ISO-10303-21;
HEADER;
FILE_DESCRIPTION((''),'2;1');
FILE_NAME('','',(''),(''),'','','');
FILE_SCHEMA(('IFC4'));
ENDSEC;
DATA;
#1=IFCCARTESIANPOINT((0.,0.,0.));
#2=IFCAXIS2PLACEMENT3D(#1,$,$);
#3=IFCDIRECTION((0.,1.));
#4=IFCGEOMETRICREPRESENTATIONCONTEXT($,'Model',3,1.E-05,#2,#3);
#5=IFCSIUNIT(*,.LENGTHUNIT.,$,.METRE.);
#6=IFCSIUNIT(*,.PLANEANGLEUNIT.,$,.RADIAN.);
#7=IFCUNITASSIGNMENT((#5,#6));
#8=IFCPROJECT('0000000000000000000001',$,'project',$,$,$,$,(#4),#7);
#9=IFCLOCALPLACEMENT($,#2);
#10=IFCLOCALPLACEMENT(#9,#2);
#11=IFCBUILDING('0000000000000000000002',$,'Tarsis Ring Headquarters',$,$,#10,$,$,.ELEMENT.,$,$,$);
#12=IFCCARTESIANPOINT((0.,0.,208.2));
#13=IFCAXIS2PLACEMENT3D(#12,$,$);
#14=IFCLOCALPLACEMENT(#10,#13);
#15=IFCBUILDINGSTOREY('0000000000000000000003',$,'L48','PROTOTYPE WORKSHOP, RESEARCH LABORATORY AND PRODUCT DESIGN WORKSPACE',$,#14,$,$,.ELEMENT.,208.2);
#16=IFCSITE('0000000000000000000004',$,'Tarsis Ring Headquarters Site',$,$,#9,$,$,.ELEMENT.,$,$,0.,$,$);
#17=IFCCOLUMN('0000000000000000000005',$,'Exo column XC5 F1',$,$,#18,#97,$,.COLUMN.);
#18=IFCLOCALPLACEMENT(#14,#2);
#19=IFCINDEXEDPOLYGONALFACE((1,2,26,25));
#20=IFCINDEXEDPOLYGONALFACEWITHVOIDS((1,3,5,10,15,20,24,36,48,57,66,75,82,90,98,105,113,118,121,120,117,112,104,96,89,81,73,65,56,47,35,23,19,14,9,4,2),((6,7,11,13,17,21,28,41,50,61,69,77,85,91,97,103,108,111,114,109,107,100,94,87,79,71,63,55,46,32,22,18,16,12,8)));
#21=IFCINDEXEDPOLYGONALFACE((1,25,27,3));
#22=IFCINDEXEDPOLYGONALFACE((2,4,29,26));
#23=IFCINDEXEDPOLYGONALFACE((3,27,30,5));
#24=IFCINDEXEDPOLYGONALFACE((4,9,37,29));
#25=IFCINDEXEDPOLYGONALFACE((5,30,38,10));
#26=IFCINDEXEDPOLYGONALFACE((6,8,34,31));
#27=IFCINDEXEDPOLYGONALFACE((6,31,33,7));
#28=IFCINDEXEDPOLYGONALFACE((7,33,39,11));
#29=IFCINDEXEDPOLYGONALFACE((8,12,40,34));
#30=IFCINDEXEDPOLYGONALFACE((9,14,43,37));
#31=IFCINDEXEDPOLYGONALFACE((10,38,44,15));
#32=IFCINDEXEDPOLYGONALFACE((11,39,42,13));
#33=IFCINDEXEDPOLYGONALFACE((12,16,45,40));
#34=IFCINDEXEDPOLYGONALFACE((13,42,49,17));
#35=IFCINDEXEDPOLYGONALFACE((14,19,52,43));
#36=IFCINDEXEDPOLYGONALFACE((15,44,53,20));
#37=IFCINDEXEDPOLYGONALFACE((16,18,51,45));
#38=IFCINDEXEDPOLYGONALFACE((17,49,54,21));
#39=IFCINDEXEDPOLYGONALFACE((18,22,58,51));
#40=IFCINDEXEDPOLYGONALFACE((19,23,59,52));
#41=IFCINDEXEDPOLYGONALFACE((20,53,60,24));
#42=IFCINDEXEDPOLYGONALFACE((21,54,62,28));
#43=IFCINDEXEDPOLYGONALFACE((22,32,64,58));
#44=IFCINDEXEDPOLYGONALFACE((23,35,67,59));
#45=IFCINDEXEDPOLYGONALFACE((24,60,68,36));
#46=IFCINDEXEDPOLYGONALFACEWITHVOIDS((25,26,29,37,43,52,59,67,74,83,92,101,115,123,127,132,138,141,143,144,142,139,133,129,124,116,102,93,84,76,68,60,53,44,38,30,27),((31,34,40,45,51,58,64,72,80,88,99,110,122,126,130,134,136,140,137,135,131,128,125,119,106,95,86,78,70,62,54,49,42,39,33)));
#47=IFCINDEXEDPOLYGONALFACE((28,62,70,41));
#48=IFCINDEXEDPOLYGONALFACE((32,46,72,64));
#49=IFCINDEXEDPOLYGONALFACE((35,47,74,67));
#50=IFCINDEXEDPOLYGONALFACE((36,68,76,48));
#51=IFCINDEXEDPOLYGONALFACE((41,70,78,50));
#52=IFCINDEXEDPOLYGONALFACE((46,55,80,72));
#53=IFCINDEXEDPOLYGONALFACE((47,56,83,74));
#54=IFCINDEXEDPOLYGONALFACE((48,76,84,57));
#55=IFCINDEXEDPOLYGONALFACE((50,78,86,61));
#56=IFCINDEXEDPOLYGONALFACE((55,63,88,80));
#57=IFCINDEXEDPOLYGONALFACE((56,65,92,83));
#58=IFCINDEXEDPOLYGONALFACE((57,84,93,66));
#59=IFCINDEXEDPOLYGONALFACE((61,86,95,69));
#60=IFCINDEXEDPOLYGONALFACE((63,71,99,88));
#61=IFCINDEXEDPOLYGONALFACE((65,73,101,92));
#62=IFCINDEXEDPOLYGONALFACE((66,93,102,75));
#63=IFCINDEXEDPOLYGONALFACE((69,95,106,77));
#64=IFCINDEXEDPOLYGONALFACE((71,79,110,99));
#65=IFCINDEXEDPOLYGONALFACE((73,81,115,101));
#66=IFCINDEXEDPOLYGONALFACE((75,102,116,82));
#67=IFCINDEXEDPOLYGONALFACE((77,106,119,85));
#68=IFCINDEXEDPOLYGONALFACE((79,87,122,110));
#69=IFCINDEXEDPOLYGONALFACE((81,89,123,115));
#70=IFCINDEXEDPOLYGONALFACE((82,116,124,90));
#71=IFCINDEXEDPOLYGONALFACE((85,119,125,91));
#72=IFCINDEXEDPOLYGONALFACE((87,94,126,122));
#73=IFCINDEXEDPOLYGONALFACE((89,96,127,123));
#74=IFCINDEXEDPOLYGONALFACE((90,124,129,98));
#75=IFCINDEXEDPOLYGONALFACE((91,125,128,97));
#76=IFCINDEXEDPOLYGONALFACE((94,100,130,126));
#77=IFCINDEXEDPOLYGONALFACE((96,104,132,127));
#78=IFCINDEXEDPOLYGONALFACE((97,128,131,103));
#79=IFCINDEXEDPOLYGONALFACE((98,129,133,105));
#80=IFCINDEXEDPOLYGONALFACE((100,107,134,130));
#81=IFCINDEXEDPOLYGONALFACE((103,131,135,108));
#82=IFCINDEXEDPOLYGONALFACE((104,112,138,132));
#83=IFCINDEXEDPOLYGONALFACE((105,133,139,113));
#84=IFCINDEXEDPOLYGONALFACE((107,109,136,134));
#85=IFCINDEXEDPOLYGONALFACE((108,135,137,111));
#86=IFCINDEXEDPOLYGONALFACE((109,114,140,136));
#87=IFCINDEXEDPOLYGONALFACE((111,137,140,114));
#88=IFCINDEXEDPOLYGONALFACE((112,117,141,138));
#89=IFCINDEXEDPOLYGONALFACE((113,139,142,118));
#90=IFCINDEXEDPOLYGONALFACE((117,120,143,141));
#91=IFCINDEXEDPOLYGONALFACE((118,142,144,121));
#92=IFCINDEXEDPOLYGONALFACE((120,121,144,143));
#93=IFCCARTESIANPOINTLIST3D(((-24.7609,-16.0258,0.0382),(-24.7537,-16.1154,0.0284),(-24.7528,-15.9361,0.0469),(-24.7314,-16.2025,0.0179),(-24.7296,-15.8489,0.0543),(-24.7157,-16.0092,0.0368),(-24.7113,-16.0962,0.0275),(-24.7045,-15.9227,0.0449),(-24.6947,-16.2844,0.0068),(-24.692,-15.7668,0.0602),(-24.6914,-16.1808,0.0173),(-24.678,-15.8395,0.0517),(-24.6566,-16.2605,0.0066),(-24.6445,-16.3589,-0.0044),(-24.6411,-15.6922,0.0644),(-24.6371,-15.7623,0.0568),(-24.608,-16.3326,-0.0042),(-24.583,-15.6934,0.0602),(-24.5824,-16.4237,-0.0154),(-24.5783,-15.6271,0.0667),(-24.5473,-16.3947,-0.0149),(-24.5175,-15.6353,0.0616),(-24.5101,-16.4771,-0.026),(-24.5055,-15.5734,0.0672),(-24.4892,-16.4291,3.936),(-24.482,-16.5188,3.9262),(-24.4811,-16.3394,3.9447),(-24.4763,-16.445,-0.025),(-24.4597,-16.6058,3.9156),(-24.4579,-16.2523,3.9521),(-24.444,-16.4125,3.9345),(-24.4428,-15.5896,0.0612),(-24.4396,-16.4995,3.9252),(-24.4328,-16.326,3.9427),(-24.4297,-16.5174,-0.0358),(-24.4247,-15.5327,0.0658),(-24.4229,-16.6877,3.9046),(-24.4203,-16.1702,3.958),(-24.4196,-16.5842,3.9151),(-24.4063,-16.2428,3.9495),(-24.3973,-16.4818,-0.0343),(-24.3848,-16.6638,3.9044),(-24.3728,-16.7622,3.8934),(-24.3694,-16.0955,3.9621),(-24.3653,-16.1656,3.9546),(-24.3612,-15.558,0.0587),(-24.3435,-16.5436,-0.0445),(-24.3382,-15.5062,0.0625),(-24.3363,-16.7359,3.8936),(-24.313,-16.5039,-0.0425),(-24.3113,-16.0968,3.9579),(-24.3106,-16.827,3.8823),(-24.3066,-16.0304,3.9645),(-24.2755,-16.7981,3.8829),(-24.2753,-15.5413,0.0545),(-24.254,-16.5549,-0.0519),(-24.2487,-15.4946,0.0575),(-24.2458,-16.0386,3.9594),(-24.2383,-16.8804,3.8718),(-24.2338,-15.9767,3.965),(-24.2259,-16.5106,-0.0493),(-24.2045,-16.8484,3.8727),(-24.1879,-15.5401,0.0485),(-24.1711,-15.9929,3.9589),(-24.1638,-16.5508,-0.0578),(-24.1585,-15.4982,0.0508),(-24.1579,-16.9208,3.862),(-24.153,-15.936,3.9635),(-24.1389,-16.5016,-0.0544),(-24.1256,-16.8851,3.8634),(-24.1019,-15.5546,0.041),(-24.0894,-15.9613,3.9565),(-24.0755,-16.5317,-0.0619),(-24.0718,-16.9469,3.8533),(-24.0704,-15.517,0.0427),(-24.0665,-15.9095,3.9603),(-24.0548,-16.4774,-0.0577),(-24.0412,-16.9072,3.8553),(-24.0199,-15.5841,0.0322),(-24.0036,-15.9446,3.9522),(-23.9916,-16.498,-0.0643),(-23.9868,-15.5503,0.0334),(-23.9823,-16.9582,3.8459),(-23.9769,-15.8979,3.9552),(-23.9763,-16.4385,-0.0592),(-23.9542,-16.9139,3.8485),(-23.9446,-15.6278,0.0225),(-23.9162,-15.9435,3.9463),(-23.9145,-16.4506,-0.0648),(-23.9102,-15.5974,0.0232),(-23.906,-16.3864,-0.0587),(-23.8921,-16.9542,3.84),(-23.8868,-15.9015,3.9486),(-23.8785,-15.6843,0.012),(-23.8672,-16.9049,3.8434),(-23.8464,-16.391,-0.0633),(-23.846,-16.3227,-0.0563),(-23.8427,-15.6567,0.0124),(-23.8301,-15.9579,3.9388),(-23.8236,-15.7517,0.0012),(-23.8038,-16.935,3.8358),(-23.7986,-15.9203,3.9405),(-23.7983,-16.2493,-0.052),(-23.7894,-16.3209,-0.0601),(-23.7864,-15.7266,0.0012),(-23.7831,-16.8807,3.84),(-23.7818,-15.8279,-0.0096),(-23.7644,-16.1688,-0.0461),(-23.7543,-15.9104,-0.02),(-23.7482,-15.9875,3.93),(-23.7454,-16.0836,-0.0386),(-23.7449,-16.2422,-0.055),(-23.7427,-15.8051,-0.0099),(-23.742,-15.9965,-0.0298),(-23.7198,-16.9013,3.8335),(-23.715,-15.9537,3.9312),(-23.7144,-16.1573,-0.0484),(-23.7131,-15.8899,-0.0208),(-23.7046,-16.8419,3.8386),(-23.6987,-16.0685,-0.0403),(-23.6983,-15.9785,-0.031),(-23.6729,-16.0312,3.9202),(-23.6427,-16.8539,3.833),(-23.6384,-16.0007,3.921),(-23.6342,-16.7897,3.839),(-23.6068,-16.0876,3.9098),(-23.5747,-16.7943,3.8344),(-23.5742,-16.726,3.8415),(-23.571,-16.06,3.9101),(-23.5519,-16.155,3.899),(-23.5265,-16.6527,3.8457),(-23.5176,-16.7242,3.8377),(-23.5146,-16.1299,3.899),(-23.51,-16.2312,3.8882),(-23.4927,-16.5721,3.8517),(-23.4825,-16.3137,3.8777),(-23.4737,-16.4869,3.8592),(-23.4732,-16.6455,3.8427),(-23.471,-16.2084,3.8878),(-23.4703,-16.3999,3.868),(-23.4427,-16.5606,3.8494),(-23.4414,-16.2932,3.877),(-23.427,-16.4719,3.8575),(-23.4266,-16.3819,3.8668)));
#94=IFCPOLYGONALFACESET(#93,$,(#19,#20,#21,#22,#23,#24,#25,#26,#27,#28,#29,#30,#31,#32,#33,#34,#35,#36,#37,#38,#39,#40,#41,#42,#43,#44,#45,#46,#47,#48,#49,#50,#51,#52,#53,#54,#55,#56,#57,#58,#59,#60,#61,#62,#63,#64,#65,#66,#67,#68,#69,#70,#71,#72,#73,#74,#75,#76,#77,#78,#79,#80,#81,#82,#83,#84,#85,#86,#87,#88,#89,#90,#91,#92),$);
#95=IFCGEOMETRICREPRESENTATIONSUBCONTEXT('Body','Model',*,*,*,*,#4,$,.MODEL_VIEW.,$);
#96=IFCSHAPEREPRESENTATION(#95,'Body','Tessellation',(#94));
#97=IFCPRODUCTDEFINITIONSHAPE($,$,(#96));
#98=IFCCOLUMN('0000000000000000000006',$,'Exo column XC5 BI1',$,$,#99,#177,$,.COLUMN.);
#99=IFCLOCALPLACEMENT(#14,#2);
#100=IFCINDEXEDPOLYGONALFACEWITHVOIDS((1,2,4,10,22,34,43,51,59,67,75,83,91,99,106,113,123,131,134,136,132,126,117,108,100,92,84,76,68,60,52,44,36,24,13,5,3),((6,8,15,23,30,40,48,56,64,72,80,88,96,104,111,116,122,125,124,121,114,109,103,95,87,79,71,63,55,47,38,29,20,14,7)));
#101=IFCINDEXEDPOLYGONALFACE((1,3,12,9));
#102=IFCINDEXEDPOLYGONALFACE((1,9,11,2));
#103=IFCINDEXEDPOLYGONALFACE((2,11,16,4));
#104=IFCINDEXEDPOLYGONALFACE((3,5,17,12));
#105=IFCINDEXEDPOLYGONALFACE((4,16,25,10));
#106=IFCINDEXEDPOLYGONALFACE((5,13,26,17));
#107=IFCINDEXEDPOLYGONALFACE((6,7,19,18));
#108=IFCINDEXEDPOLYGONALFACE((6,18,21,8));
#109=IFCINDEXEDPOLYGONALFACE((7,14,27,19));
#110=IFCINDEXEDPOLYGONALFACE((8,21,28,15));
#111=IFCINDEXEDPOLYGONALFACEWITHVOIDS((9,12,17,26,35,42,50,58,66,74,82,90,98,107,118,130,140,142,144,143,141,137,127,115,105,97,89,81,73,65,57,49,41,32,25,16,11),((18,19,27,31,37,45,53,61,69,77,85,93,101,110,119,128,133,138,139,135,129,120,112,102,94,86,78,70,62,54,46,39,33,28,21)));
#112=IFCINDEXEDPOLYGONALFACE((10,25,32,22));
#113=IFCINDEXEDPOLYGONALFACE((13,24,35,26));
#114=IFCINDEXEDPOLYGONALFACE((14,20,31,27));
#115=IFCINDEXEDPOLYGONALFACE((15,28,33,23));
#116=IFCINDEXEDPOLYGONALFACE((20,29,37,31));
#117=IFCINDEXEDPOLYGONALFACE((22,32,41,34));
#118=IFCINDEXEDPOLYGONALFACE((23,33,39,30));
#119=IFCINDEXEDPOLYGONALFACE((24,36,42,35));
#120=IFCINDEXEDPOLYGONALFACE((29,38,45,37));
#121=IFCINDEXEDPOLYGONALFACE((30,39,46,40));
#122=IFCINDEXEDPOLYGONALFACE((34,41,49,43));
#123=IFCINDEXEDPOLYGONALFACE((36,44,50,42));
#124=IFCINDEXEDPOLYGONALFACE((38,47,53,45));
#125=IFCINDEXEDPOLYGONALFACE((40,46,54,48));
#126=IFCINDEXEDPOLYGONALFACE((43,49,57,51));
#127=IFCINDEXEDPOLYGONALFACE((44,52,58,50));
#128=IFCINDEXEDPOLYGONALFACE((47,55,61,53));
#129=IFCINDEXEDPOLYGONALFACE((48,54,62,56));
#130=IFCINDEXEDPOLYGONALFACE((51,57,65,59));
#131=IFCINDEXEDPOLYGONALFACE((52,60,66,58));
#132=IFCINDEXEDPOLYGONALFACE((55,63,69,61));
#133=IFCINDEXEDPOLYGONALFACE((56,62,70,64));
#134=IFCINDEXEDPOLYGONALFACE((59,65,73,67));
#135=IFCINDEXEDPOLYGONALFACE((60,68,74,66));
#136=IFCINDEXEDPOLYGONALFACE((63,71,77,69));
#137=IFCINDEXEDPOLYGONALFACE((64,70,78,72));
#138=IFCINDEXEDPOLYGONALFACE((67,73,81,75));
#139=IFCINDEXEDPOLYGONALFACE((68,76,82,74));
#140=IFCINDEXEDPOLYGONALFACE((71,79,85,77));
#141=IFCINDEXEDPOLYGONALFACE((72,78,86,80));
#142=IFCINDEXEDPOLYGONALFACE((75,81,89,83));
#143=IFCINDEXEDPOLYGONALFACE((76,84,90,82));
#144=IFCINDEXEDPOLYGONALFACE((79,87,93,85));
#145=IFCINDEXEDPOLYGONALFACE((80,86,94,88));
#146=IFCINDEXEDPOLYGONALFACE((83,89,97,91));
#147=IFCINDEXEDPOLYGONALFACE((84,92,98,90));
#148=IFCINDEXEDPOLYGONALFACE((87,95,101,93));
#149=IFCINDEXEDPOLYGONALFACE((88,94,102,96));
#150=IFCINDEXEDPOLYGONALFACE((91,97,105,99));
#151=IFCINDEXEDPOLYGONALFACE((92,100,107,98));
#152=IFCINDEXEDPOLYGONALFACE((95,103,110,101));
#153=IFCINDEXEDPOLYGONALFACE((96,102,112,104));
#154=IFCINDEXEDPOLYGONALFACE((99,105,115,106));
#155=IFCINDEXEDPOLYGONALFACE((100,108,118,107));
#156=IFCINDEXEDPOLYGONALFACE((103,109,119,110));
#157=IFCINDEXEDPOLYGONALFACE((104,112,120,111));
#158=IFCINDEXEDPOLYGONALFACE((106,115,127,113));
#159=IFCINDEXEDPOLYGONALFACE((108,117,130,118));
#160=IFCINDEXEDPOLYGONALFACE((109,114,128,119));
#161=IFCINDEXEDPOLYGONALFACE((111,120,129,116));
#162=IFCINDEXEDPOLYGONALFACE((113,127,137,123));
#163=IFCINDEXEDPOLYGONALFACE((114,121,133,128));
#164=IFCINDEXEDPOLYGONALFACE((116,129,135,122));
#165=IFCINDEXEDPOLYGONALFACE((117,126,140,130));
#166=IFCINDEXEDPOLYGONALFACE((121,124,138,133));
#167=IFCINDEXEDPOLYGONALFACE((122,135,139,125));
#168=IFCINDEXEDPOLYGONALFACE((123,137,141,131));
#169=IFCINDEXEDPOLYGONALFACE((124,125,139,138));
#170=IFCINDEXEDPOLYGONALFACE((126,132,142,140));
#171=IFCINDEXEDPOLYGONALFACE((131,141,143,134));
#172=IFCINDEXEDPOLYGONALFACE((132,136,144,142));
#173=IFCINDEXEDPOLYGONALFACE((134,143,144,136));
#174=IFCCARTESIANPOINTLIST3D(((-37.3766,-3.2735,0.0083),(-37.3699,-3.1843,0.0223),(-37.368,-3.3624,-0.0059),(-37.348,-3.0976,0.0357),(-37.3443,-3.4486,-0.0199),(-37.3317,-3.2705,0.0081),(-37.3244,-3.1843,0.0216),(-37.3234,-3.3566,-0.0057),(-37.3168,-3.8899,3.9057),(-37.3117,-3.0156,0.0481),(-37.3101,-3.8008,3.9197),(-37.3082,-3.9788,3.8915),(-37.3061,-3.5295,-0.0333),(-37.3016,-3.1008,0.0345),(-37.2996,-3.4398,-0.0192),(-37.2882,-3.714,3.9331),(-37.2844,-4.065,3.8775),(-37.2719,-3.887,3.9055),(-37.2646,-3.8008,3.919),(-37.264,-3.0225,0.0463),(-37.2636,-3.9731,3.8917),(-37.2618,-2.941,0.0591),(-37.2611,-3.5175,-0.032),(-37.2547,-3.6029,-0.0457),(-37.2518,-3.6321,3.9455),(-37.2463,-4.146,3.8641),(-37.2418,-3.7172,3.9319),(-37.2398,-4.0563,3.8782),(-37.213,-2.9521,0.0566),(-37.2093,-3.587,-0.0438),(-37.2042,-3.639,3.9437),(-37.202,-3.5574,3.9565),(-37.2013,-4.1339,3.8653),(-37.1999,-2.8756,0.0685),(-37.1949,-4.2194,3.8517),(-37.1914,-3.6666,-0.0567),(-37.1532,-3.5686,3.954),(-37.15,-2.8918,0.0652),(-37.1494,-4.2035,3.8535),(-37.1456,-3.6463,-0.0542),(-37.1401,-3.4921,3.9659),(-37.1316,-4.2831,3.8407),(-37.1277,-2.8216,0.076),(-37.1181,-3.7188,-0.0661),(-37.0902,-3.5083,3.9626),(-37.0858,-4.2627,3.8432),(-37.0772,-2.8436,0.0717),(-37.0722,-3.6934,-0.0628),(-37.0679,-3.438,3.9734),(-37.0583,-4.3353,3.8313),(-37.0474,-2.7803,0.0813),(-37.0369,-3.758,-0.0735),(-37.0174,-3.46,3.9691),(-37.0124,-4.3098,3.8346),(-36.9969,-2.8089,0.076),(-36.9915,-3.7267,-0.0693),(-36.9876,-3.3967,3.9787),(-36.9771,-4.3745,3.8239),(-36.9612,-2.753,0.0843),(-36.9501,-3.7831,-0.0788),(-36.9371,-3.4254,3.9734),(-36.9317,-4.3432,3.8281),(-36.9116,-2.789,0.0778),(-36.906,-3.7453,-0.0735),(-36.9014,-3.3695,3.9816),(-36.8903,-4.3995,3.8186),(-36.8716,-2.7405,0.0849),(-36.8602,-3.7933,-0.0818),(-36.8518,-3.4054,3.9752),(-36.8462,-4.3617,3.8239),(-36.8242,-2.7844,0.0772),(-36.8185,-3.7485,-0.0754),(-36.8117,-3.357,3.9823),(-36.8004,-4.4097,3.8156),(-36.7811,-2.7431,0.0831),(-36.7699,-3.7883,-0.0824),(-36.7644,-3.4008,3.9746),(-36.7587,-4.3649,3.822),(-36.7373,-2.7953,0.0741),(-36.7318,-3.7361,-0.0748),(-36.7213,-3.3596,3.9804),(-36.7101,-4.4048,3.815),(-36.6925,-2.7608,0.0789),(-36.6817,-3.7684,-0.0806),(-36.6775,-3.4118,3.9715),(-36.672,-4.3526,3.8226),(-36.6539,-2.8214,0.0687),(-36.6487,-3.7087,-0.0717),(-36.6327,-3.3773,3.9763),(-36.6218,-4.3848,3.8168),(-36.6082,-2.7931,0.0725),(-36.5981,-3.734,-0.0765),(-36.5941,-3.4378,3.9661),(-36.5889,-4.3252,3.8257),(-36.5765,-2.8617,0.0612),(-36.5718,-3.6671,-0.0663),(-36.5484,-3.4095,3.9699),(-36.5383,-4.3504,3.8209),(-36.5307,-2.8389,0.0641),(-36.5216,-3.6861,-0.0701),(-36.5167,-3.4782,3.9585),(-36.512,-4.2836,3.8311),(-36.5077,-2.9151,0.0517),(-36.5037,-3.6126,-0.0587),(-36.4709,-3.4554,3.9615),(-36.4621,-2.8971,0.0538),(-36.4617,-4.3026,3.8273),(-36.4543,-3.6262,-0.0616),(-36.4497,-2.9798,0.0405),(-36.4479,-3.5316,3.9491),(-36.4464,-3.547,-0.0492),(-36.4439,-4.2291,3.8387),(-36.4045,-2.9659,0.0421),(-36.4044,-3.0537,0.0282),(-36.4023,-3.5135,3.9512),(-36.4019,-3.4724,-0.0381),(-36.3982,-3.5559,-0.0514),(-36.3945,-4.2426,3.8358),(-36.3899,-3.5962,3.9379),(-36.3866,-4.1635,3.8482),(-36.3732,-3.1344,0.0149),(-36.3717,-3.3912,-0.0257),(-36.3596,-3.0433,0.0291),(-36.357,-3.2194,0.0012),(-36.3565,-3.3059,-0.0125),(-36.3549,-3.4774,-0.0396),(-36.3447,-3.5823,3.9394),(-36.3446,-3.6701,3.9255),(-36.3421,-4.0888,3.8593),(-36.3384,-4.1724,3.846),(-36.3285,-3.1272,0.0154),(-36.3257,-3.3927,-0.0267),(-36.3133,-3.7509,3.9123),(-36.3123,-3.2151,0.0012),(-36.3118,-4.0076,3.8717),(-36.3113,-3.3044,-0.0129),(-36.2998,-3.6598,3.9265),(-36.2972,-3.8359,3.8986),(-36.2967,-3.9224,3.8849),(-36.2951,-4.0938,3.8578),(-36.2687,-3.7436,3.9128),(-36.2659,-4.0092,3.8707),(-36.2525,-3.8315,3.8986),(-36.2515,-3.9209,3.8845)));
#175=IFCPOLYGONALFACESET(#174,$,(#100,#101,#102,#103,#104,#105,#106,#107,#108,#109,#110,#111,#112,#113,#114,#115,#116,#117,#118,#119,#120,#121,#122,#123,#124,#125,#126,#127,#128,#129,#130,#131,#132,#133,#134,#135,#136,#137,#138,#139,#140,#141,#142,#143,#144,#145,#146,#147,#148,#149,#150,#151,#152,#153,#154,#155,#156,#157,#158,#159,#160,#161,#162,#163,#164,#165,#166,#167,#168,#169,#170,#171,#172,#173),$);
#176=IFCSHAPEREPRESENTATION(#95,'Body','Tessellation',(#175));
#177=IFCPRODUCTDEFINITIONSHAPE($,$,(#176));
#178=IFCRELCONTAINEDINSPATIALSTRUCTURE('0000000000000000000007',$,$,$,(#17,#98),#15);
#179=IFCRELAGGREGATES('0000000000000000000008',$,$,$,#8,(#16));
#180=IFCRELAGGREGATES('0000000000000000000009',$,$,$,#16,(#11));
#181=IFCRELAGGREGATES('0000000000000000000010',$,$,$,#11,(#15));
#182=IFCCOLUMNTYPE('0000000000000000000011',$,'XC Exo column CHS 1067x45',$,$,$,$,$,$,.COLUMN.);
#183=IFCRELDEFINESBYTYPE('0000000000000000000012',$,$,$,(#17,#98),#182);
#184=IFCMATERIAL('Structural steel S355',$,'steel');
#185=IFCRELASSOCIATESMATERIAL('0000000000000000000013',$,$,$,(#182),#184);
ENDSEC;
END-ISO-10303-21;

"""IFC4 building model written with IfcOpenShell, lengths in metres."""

from ifc_helpers import new_model, si_unit, direction, frame, origin, origin_2d, place, context, subcontext, project, spatial, hollow_circle, extrude, material, material_profile, profile_set, type_object, element, save


model = new_model("IFC4")

# Units and contexts
model_context = context("Model", 3, precision=1e-05, world=origin(), true_north=direction((0.0, 1.0)))
body_context = subcontext(model_context, "Body", "Model", "MODEL_VIEW")
ifc_project = project(units=[si_unit("LENGTHUNIT", "METRE"), si_unit("PLANEANGLEUNIT", "RADIAN")], contexts=[model_context])

# Site, building, storey
site_placement = place(None, origin())
site = spatial("IfcSite", under=ifc_project, at=site_placement, Name="Tarsis Ring Headquarters Site", CompositionType="ELEMENT", RefElevation=0.0)
building_placement = place(site_placement, origin())
building = spatial("IfcBuilding", under=site, at=building_placement, Name="Tarsis Ring Headquarters", CompositionType="ELEMENT")
storey_placement = place(building_placement, frame((0.0, 0.0, 208.2)))
storey = spatial("IfcBuildingStorey", under=building, at=storey_placement, Name="L48", Description="PROTOTYPE WORKSHOP, RESEARCH LABORATORY AND PRODUCT DESIGN WORKSPACE", CompositionType="ELEMENT", Elevation=208.2)

# Columns
ifc_material_1 = material(Name="Structural steel S355", Category="steel")
ifc_material_profile_1 = material_profile(ifc_material_1, hollow_circle(Radius=0.5334, WallThickness=0.0449, at=origin_2d()), Name="CHS 1067x45")
ifc_profile_set_1 = profile_set([ifc_material_profile_1], Name="Structural steel S355")
column_type = type_object("IfcColumnType", Name="XC Exo column CHS 1067x45", PredefinedType="COLUMN", material=ifc_profile_set_1)
column_1_placement = place(storey_placement, frame((-24.2288, -16.0247, 0.0012), z_axis=(0.069179, -0.10268, 0.992306), x_axis=(0.829337, 0.558748, 0.0)))
element("IfcColumn", 1, at=column_1_placement, inside=storey, type_object=column_type, Name="Exo column XC5 F1", PredefinedType="COLUMN", context=body_context, shape_type="SweptSolid", body=[
    extrude(hollow_circle(Radius=0.5334, WallThickness=0.0449, at=origin_2d()), origin(), (0.0, 0.0, 1.0), 3.928),
])
column_2_placement = place(storey_placement, frame((-36.8433, -3.2666, 0.0012), z_axis=(0.015157, -0.156208, 0.987608), x_axis=(0.995326, 0.096576, 0.0)))
element("IfcColumn", 2, at=column_2_placement, inside=storey, type_object=column_type, Name="Exo column XC5 BI1", PredefinedType="COLUMN", context=body_context, shape_type="SweptSolid", body=[
    extrude(hollow_circle(Radius=0.5334, WallThickness=0.0449, at=origin_2d()), origin(), (0.0, 0.0, 1.0), 3.9463),
])

save(model, "model.ifc")
